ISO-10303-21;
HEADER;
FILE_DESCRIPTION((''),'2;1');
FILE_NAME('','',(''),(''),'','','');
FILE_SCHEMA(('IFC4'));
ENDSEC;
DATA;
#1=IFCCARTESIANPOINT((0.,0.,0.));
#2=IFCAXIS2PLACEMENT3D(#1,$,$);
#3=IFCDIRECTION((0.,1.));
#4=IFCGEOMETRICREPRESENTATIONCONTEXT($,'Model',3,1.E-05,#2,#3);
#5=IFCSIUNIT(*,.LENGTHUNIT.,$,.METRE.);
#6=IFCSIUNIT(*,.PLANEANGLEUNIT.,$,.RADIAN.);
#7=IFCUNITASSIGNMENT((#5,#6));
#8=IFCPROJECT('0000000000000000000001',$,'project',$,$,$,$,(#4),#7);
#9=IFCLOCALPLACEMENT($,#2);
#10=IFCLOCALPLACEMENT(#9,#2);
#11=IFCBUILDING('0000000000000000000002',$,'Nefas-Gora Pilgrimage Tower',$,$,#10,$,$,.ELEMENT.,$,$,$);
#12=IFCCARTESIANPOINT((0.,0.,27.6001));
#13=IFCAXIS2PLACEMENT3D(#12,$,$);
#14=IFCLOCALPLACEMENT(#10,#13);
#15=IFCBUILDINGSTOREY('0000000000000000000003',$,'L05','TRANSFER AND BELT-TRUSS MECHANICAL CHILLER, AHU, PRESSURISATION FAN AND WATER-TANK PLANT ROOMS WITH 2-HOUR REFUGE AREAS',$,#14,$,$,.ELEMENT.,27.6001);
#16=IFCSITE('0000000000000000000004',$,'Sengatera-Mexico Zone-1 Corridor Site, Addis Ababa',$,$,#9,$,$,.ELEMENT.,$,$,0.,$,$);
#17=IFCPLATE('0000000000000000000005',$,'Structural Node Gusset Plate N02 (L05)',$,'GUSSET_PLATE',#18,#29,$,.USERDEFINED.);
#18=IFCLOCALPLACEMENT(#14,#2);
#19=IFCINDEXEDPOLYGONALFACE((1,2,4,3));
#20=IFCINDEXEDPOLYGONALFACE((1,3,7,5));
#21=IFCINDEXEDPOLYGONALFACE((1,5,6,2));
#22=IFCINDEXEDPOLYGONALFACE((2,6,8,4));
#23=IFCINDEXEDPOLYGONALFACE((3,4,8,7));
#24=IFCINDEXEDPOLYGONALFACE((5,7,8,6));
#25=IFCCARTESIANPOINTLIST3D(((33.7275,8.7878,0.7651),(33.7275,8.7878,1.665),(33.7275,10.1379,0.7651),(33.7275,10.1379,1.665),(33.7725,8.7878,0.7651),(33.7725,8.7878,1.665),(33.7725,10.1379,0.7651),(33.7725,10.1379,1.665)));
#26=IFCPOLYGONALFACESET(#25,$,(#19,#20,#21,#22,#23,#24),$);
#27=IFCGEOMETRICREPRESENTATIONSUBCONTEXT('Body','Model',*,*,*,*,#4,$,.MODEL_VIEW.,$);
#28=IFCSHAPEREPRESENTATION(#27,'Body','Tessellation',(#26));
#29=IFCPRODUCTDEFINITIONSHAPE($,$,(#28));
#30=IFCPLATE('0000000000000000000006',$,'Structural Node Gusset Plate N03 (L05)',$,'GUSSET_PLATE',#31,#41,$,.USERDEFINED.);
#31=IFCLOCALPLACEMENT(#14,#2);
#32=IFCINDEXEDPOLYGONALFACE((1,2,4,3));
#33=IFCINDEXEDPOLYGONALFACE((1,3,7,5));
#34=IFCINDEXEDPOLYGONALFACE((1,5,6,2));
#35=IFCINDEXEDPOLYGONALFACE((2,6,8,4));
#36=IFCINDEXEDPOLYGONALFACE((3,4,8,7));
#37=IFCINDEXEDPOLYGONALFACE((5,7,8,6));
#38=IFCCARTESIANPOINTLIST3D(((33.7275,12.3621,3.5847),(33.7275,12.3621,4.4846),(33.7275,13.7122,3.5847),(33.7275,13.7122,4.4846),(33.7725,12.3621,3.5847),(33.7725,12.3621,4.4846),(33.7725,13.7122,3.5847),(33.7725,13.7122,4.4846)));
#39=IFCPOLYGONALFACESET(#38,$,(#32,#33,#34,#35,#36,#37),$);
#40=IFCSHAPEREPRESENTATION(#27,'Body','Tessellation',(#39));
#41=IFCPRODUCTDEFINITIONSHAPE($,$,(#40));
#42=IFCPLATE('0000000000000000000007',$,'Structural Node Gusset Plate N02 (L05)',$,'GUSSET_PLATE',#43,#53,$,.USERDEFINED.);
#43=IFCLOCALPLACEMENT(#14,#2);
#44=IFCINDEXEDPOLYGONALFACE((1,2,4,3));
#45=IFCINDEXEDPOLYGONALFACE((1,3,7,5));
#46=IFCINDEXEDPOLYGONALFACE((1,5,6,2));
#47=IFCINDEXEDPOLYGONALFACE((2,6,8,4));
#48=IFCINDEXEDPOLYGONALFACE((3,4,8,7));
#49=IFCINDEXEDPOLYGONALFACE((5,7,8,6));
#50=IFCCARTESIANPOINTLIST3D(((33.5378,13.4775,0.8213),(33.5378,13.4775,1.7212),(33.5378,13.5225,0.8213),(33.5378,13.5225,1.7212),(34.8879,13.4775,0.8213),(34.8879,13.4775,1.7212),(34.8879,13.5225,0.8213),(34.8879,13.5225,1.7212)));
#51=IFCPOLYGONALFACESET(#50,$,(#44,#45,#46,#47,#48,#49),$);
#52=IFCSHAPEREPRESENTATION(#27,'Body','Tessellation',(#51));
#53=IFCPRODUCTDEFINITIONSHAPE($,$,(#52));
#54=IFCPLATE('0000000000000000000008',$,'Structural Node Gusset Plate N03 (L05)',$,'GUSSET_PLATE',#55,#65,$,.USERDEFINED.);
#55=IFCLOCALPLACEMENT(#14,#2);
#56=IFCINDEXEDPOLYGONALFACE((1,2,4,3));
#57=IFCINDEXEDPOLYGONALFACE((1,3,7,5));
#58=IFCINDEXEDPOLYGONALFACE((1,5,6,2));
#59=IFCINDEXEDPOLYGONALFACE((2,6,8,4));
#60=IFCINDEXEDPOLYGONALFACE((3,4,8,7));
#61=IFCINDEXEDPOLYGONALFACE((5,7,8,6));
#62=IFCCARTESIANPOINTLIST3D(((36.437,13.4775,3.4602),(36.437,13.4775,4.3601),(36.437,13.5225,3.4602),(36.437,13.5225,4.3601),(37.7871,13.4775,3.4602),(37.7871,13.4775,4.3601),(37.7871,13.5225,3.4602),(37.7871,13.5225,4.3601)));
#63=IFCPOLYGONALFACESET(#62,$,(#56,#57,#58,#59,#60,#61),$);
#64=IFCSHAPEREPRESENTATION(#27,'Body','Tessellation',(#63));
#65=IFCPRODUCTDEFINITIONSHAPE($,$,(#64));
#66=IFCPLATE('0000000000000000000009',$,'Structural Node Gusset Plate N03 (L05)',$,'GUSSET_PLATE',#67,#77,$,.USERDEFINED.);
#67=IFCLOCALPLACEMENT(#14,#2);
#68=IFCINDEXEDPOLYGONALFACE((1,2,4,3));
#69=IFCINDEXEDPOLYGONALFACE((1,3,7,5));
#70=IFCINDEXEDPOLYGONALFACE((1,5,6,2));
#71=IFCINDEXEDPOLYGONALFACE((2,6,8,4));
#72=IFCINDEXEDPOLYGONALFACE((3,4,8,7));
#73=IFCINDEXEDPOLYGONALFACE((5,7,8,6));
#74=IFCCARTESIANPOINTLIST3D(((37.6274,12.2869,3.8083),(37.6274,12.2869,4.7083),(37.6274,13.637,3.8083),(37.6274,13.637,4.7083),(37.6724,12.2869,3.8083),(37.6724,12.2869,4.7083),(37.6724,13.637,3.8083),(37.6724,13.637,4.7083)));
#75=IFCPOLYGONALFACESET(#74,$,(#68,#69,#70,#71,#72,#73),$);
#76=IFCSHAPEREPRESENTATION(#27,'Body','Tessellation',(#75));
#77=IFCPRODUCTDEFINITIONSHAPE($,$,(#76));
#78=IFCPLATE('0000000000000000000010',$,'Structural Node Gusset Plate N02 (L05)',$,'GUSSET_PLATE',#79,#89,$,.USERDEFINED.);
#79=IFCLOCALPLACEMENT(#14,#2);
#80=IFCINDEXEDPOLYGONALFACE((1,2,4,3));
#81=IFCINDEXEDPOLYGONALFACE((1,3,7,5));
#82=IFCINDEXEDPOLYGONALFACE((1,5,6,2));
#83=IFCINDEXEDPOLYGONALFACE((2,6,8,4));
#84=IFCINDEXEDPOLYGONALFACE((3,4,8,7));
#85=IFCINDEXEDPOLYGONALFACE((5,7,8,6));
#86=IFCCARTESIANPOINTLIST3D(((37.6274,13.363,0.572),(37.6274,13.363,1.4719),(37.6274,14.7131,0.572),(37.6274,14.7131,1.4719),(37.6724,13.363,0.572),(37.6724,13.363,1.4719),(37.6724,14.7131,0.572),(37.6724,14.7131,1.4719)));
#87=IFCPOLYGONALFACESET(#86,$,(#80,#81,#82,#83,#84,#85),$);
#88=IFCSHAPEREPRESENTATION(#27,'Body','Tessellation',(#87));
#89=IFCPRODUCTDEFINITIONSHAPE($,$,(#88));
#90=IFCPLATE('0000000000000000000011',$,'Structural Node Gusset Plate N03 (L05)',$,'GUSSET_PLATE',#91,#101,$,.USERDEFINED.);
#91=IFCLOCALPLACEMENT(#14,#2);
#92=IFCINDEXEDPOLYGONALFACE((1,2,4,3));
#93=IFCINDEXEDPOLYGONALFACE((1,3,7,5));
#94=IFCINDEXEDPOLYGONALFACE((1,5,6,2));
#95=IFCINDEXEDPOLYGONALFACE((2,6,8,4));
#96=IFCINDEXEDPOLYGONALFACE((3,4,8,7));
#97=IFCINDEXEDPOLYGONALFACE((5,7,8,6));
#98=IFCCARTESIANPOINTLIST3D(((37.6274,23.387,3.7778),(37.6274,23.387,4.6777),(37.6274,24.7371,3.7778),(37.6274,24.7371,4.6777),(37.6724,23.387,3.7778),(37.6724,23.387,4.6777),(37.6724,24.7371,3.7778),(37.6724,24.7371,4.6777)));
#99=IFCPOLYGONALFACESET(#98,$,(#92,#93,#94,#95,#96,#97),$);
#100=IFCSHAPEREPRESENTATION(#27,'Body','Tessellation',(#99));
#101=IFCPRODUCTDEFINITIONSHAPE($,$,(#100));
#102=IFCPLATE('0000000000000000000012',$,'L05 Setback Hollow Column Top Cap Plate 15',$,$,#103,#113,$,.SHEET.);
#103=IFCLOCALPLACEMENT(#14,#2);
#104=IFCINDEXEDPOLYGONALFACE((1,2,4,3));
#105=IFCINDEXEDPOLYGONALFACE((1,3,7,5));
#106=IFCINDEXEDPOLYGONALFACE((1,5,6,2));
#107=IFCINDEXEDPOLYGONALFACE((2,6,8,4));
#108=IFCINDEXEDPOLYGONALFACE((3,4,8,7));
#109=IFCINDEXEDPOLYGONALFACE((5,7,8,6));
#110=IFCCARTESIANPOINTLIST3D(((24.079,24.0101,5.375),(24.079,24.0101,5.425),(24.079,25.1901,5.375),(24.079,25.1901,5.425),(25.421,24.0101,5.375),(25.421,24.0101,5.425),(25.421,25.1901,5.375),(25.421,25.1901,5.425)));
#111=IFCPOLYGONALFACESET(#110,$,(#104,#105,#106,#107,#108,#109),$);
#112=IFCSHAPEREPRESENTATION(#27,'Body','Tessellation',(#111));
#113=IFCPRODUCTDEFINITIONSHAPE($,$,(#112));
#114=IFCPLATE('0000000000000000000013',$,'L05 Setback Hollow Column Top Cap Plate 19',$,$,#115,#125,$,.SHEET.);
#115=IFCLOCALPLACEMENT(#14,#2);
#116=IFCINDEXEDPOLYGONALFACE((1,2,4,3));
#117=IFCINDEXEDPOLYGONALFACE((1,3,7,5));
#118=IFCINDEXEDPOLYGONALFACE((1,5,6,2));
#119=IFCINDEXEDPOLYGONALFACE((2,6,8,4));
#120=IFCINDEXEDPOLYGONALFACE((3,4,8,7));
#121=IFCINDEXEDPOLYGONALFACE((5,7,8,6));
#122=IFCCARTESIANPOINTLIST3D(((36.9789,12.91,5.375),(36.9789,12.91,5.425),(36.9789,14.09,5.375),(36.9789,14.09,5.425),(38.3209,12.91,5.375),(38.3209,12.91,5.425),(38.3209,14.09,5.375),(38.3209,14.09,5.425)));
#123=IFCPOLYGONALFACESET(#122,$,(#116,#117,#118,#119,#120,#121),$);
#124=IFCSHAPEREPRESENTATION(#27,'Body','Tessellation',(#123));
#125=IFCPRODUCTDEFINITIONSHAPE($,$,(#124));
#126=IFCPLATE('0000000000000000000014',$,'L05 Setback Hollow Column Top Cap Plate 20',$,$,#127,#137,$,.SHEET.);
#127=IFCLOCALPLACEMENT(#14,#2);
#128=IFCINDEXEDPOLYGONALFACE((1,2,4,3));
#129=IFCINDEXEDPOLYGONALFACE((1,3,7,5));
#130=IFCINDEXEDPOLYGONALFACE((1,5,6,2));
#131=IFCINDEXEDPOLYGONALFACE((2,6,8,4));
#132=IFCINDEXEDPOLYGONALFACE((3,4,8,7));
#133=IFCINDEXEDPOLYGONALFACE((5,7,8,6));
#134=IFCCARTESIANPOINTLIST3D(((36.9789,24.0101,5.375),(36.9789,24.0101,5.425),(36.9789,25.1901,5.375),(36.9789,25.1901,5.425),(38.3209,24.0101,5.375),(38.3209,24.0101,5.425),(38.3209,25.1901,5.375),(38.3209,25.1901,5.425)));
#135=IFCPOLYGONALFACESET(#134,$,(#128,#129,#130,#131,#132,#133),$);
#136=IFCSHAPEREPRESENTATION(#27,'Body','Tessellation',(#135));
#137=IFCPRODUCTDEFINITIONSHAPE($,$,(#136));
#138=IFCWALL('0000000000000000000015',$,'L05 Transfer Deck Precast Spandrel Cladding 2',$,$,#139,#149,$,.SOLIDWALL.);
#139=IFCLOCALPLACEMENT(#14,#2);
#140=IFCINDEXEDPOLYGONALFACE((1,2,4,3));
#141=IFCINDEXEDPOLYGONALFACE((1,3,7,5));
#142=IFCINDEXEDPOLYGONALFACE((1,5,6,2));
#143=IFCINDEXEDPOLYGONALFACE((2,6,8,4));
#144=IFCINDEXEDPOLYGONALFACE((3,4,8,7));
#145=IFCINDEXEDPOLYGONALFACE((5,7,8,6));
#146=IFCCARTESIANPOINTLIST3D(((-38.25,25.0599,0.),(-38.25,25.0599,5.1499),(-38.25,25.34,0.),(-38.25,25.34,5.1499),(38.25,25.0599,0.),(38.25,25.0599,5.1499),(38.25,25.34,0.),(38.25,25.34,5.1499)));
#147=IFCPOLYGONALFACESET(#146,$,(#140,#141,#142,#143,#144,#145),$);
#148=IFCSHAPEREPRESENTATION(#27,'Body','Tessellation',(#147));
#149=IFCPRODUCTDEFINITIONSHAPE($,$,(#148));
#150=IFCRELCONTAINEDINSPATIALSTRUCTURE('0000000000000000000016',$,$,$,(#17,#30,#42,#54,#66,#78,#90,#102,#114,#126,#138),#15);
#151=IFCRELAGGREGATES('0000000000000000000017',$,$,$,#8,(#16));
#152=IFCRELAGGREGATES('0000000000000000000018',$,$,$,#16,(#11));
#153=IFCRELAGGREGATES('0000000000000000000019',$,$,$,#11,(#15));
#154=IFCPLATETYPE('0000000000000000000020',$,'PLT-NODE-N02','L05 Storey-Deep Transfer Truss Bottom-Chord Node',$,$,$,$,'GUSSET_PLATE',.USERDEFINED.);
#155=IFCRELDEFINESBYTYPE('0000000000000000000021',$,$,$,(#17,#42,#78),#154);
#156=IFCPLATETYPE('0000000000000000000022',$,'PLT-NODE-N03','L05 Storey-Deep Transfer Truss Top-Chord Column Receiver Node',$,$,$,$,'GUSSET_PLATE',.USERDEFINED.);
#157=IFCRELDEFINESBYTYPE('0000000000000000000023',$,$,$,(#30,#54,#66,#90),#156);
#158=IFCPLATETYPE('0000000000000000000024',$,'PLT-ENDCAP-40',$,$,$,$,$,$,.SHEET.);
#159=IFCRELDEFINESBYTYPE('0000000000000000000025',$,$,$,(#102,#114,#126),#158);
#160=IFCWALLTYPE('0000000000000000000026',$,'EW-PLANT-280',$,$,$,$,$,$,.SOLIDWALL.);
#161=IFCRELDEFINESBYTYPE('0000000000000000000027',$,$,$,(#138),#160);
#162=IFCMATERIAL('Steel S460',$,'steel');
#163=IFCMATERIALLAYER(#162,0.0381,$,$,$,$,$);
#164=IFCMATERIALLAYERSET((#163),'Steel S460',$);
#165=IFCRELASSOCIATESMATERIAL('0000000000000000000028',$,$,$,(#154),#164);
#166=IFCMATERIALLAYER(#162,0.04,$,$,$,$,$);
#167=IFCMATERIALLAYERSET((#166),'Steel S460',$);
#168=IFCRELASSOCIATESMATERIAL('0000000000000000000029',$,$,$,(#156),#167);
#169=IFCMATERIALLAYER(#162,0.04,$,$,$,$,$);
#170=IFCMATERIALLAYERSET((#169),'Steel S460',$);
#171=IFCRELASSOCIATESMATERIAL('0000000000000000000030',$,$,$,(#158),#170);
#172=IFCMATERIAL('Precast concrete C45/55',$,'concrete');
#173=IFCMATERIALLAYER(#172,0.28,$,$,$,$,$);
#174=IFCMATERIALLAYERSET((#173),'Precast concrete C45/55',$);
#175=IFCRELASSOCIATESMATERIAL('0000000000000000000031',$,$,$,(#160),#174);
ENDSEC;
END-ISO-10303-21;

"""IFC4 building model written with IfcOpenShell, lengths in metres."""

from ifc_helpers import new_model, si_unit, direction, frame, frame_2d, origin, origin_2d, place, context, subcontext, project, spatial, rectangle, extrude, source, transform, mapped, material, layer, layer_set, type_object, element, save


model = new_model("IFC4")

# Units and contexts
model_context = context("Model", 3, precision=1e-05, world=origin(), true_north=direction((0.0, 1.0)))
body_context = subcontext(model_context, "Body", "Model", "MODEL_VIEW")
ifc_project = project(units=[si_unit("LENGTHUNIT", "METRE"), si_unit("PLANEANGLEUNIT", "RADIAN")], contexts=[model_context])

# Site, building, storey
site_placement = place(None, origin())
site = spatial("IfcSite", under=ifc_project, at=site_placement, Name="Sengatera-Mexico Zone-1 Corridor Site, Addis Ababa", CompositionType="ELEMENT", RefElevation=0.0)
building_placement = place(site_placement, origin())
building = spatial("IfcBuilding", under=site, at=building_placement, Name="Nefas-Gora Pilgrimage Tower", CompositionType="ELEMENT")
storey_placement = place(building_placement, frame((0.0, 0.0, 27.6001)))
storey = spatial("IfcBuildingStorey", under=building, at=storey_placement, Name="L05", Description="TRANSFER AND BELT-TRUSS MECHANICAL CHILLER, AHU, PRESSURISATION FAN AND WATER-TANK PLANT ROOMS WITH 2-HOUR REFUGE AREAS", CompositionType="ELEMENT", Elevation=27.6001)

# Shared definitions
ifc_material_1 = material(Name="Steel S460", Category="steel")

# Plates
ifc_layer_1 = layer(ifc_material_1, 0.0381)
ifc_layer_set_1 = layer_set([ifc_layer_1], Name="Steel S460")
plate_type_1 = type_object("IfcPlateType", Name="PLT-NODE-N02", Description="L05 Storey-Deep Transfer Truss Bottom-Chord Node", ElementType="GUSSET_PLATE", PredefinedType="USERDEFINED", material=ifc_layer_set_1)
shared_shape_1 = source(origin(), body_context, "Body", "SweptSolid", [
    extrude(rectangle(XDim=1.3501, YDim=0.0449, at=origin_2d()), origin(), (0.0, 0.0, 1.0), 0.8999),
])
ifc_layer_2 = layer(ifc_material_1, 0.04)
ifc_layer_set_2 = layer_set([ifc_layer_2], Name="Steel S460")
plate_type_2 = type_object("IfcPlateType", Name="PLT-NODE-N03", Description="L05 Storey-Deep Transfer Truss Top-Chord Column Receiver Node", ElementType="GUSSET_PLATE", PredefinedType="USERDEFINED", material=ifc_layer_set_2)
plate_1_placement = place(storey_placement, frame((33.75, 9.4629, 0.7651), z_axis=(0.0, 0.0, 1.0), x_axis=(0.0, 1.0, 0.0)))
element("IfcPlate", 1, at=plate_1_placement, inside=storey, type_object=plate_type_1, Name="Structural Node Gusset Plate N02 (L05)", ObjectType="GUSSET_PLATE", PredefinedType="USERDEFINED", context=body_context, shape_type="MappedRepresentation", body=[
    mapped(shared_shape_1, transform((0.0, 0.0, 0.0), x_axis=(1.0, 0.0, 0.0), y_axis=(0.0, 1.0, 0.0), z_axis=(0.0, 0.0, 1.0), scale=1.0)),
])
plate_2_placement = place(storey_placement, frame((33.75, 13.0371, 3.5847), z_axis=(0.0, 0.0, 1.0), x_axis=(0.0, 1.0, 0.0)))
element("IfcPlate", 2, at=plate_2_placement, inside=storey, type_object=plate_type_2, Name="Structural Node Gusset Plate N03 (L05)", ObjectType="GUSSET_PLATE", PredefinedType="USERDEFINED", context=body_context, shape_type="MappedRepresentation", body=[
    mapped(shared_shape_1, transform((0.0, 0.0, 0.0), x_axis=(1.0, 0.0, 0.0), y_axis=(0.0, 1.0, 0.0), z_axis=(0.0, 0.0, 1.0), scale=1.0)),
])
plate_3_placement = place(storey_placement, frame((34.2129, 13.5, 0.8213), z_axis=(0.0, 0.0, 1.0), x_axis=(1.0, 0.0, 0.0)))
element("IfcPlate", 3, at=plate_3_placement, inside=storey, type_object=plate_type_1, Name="Structural Node Gusset Plate N02 (L05)", ObjectType="GUSSET_PLATE", PredefinedType="USERDEFINED", context=body_context, shape_type="MappedRepresentation", body=[
    mapped(shared_shape_1, transform((0.0, 0.0, 0.0), x_axis=(1.0, 0.0, 0.0), y_axis=(0.0, 1.0, 0.0), z_axis=(0.0, 0.0, 1.0), scale=1.0)),
])
for number, where, z_axis, x_axis, name in (
    (4, (37.1121, 13.5, 3.4602), (0.0, 0.0, 1.0), (1.0, 0.0, 0.0), "Structural Node Gusset Plate N03 (L05)"),
    (5, (37.6499, 12.9619, 3.8083), (0.0, 0.0, 1.0), (0.0, 1.0, 0.0), "Structural Node Gusset Plate N03 (L05)"),
):
    element("IfcPlate", number, at=place(storey_placement, frame(where, z_axis=z_axis, x_axis=x_axis)), inside=storey, type_object=plate_type_2, Name=name, ObjectType="GUSSET_PLATE", PredefinedType="USERDEFINED", context=body_context, shape_type="MappedRepresentation", body=[
        mapped(shared_shape_1, transform((0.0, 0.0, 0.0), x_axis=(1.0, 0.0, 0.0), y_axis=(0.0, 1.0, 0.0), z_axis=(0.0, 0.0, 1.0), scale=1.0)),
    ])
plate_4_placement = place(storey_placement, frame((37.6499, 14.0381, 0.572), z_axis=(0.0, 0.0, 1.0), x_axis=(0.0, 1.0, 0.0)))
element("IfcPlate", 6, at=plate_4_placement, inside=storey, type_object=plate_type_1, Name="Structural Node Gusset Plate N02 (L05)", ObjectType="GUSSET_PLATE", PredefinedType="USERDEFINED", context=body_context, shape_type="MappedRepresentation", body=[
    mapped(shared_shape_1, transform((0.0, 0.0, 0.0), x_axis=(1.0, 0.0, 0.0), y_axis=(0.0, 1.0, 0.0), z_axis=(0.0, 0.0, 1.0), scale=1.0)),
])
plate_5_placement = place(storey_placement, frame((37.6499, 24.062, 3.7778), z_axis=(0.0, 0.0, 1.0), x_axis=(0.0, 1.0, 0.0)))
element("IfcPlate", 7, at=plate_5_placement, inside=storey, type_object=plate_type_2, Name="Structural Node Gusset Plate N03 (L05)", ObjectType="GUSSET_PLATE", PredefinedType="USERDEFINED", context=body_context, shape_type="MappedRepresentation", body=[
    mapped(shared_shape_1, transform((0.0, 0.0, 0.0), x_axis=(1.0, 0.0, 0.0), y_axis=(0.0, 1.0, 0.0), z_axis=(0.0, 0.0, 1.0), scale=1.0)),
])
ifc_layer_3 = layer(ifc_material_1, 0.04)
ifc_layer_set_3 = layer_set([ifc_layer_3], Name="Steel S460")
plate_type_3 = type_object("IfcPlateType", Name="PLT-ENDCAP-40", PredefinedType="SHEET", material=ifc_layer_set_3)
shared_shape_2 = source(origin(), body_context, "Body", "SweptSolid", [
    extrude(rectangle(XDim=1.342, YDim=1.1799, at=origin_2d()), origin(), (0.0, 0.0, 1.0), 0.05),
])
for number, where, z_axis, x_axis, name in (
    (8, (24.75, 24.6001, 5.375), (0.0, 0.0, 1.0), (1.0, 0.0, 0.0), "L05 Setback Hollow Column Top Cap Plate 15"),
    (9, (37.6499, 13.5, 5.375), (0.0, 0.0, 1.0), (1.0, 0.0, 0.0), "L05 Setback Hollow Column Top Cap Plate 19"),
    (10, (37.6499, 24.6001, 5.375), (0.0, 0.0, 1.0), (1.0, 0.0, 0.0), "L05 Setback Hollow Column Top Cap Plate 20"),
):
    element("IfcPlate", number, at=place(storey_placement, frame(where, z_axis=z_axis, x_axis=x_axis)), inside=storey, type_object=plate_type_3, Name=name, PredefinedType="SHEET", context=body_context, shape_type="MappedRepresentation", body=[
        mapped(shared_shape_2, transform((0.0, 0.0, 0.0), x_axis=(1.0, 0.0, 0.0), y_axis=(0.0, 1.0, 0.0), z_axis=(0.0, 0.0, 1.0), scale=1.0)),
    ])

# Wall
ifc_material_2 = material(Name="Precast concrete C45/55", Category="concrete")
ifc_layer_4 = layer(ifc_material_2, 0.28)
ifc_layer_set_4 = layer_set([ifc_layer_4], Name="Precast concrete C45/55")
wall_type = type_object("IfcWallType", Name="EW-PLANT-280", PredefinedType="SOLIDWALL", material=ifc_layer_set_4)
shared_shape_3 = source(origin(), body_context, "Body", "SweptSolid", [
    extrude(rectangle(XDim=76.5, YDim=0.28, at=frame_2d((38.25, 0.0))), origin(), (0.0, 0.0, 1.0), 5.1499),
])
wall_placement = place(storey_placement, frame((38.25, 25.2, 0.0), z_axis=(0.0, 0.0, 1.0), x_axis=(-1.0, 0.0, 0.0)))
element("IfcWall", 11, at=wall_placement, inside=storey, type_object=wall_type, Name="L05 Transfer Deck Precast Spandrel Cladding 2", PredefinedType="SOLIDWALL", context=body_context, shape_type="MappedRepresentation", body=[
    mapped(shared_shape_3, transform((0.0, 0.0, 0.0), x_axis=(1.0, 0.0, 0.0), y_axis=(0.0, 1.0, 0.0), z_axis=(0.0, 0.0, 1.0), scale=1.0)),
])

save(model, "model.ifc")
